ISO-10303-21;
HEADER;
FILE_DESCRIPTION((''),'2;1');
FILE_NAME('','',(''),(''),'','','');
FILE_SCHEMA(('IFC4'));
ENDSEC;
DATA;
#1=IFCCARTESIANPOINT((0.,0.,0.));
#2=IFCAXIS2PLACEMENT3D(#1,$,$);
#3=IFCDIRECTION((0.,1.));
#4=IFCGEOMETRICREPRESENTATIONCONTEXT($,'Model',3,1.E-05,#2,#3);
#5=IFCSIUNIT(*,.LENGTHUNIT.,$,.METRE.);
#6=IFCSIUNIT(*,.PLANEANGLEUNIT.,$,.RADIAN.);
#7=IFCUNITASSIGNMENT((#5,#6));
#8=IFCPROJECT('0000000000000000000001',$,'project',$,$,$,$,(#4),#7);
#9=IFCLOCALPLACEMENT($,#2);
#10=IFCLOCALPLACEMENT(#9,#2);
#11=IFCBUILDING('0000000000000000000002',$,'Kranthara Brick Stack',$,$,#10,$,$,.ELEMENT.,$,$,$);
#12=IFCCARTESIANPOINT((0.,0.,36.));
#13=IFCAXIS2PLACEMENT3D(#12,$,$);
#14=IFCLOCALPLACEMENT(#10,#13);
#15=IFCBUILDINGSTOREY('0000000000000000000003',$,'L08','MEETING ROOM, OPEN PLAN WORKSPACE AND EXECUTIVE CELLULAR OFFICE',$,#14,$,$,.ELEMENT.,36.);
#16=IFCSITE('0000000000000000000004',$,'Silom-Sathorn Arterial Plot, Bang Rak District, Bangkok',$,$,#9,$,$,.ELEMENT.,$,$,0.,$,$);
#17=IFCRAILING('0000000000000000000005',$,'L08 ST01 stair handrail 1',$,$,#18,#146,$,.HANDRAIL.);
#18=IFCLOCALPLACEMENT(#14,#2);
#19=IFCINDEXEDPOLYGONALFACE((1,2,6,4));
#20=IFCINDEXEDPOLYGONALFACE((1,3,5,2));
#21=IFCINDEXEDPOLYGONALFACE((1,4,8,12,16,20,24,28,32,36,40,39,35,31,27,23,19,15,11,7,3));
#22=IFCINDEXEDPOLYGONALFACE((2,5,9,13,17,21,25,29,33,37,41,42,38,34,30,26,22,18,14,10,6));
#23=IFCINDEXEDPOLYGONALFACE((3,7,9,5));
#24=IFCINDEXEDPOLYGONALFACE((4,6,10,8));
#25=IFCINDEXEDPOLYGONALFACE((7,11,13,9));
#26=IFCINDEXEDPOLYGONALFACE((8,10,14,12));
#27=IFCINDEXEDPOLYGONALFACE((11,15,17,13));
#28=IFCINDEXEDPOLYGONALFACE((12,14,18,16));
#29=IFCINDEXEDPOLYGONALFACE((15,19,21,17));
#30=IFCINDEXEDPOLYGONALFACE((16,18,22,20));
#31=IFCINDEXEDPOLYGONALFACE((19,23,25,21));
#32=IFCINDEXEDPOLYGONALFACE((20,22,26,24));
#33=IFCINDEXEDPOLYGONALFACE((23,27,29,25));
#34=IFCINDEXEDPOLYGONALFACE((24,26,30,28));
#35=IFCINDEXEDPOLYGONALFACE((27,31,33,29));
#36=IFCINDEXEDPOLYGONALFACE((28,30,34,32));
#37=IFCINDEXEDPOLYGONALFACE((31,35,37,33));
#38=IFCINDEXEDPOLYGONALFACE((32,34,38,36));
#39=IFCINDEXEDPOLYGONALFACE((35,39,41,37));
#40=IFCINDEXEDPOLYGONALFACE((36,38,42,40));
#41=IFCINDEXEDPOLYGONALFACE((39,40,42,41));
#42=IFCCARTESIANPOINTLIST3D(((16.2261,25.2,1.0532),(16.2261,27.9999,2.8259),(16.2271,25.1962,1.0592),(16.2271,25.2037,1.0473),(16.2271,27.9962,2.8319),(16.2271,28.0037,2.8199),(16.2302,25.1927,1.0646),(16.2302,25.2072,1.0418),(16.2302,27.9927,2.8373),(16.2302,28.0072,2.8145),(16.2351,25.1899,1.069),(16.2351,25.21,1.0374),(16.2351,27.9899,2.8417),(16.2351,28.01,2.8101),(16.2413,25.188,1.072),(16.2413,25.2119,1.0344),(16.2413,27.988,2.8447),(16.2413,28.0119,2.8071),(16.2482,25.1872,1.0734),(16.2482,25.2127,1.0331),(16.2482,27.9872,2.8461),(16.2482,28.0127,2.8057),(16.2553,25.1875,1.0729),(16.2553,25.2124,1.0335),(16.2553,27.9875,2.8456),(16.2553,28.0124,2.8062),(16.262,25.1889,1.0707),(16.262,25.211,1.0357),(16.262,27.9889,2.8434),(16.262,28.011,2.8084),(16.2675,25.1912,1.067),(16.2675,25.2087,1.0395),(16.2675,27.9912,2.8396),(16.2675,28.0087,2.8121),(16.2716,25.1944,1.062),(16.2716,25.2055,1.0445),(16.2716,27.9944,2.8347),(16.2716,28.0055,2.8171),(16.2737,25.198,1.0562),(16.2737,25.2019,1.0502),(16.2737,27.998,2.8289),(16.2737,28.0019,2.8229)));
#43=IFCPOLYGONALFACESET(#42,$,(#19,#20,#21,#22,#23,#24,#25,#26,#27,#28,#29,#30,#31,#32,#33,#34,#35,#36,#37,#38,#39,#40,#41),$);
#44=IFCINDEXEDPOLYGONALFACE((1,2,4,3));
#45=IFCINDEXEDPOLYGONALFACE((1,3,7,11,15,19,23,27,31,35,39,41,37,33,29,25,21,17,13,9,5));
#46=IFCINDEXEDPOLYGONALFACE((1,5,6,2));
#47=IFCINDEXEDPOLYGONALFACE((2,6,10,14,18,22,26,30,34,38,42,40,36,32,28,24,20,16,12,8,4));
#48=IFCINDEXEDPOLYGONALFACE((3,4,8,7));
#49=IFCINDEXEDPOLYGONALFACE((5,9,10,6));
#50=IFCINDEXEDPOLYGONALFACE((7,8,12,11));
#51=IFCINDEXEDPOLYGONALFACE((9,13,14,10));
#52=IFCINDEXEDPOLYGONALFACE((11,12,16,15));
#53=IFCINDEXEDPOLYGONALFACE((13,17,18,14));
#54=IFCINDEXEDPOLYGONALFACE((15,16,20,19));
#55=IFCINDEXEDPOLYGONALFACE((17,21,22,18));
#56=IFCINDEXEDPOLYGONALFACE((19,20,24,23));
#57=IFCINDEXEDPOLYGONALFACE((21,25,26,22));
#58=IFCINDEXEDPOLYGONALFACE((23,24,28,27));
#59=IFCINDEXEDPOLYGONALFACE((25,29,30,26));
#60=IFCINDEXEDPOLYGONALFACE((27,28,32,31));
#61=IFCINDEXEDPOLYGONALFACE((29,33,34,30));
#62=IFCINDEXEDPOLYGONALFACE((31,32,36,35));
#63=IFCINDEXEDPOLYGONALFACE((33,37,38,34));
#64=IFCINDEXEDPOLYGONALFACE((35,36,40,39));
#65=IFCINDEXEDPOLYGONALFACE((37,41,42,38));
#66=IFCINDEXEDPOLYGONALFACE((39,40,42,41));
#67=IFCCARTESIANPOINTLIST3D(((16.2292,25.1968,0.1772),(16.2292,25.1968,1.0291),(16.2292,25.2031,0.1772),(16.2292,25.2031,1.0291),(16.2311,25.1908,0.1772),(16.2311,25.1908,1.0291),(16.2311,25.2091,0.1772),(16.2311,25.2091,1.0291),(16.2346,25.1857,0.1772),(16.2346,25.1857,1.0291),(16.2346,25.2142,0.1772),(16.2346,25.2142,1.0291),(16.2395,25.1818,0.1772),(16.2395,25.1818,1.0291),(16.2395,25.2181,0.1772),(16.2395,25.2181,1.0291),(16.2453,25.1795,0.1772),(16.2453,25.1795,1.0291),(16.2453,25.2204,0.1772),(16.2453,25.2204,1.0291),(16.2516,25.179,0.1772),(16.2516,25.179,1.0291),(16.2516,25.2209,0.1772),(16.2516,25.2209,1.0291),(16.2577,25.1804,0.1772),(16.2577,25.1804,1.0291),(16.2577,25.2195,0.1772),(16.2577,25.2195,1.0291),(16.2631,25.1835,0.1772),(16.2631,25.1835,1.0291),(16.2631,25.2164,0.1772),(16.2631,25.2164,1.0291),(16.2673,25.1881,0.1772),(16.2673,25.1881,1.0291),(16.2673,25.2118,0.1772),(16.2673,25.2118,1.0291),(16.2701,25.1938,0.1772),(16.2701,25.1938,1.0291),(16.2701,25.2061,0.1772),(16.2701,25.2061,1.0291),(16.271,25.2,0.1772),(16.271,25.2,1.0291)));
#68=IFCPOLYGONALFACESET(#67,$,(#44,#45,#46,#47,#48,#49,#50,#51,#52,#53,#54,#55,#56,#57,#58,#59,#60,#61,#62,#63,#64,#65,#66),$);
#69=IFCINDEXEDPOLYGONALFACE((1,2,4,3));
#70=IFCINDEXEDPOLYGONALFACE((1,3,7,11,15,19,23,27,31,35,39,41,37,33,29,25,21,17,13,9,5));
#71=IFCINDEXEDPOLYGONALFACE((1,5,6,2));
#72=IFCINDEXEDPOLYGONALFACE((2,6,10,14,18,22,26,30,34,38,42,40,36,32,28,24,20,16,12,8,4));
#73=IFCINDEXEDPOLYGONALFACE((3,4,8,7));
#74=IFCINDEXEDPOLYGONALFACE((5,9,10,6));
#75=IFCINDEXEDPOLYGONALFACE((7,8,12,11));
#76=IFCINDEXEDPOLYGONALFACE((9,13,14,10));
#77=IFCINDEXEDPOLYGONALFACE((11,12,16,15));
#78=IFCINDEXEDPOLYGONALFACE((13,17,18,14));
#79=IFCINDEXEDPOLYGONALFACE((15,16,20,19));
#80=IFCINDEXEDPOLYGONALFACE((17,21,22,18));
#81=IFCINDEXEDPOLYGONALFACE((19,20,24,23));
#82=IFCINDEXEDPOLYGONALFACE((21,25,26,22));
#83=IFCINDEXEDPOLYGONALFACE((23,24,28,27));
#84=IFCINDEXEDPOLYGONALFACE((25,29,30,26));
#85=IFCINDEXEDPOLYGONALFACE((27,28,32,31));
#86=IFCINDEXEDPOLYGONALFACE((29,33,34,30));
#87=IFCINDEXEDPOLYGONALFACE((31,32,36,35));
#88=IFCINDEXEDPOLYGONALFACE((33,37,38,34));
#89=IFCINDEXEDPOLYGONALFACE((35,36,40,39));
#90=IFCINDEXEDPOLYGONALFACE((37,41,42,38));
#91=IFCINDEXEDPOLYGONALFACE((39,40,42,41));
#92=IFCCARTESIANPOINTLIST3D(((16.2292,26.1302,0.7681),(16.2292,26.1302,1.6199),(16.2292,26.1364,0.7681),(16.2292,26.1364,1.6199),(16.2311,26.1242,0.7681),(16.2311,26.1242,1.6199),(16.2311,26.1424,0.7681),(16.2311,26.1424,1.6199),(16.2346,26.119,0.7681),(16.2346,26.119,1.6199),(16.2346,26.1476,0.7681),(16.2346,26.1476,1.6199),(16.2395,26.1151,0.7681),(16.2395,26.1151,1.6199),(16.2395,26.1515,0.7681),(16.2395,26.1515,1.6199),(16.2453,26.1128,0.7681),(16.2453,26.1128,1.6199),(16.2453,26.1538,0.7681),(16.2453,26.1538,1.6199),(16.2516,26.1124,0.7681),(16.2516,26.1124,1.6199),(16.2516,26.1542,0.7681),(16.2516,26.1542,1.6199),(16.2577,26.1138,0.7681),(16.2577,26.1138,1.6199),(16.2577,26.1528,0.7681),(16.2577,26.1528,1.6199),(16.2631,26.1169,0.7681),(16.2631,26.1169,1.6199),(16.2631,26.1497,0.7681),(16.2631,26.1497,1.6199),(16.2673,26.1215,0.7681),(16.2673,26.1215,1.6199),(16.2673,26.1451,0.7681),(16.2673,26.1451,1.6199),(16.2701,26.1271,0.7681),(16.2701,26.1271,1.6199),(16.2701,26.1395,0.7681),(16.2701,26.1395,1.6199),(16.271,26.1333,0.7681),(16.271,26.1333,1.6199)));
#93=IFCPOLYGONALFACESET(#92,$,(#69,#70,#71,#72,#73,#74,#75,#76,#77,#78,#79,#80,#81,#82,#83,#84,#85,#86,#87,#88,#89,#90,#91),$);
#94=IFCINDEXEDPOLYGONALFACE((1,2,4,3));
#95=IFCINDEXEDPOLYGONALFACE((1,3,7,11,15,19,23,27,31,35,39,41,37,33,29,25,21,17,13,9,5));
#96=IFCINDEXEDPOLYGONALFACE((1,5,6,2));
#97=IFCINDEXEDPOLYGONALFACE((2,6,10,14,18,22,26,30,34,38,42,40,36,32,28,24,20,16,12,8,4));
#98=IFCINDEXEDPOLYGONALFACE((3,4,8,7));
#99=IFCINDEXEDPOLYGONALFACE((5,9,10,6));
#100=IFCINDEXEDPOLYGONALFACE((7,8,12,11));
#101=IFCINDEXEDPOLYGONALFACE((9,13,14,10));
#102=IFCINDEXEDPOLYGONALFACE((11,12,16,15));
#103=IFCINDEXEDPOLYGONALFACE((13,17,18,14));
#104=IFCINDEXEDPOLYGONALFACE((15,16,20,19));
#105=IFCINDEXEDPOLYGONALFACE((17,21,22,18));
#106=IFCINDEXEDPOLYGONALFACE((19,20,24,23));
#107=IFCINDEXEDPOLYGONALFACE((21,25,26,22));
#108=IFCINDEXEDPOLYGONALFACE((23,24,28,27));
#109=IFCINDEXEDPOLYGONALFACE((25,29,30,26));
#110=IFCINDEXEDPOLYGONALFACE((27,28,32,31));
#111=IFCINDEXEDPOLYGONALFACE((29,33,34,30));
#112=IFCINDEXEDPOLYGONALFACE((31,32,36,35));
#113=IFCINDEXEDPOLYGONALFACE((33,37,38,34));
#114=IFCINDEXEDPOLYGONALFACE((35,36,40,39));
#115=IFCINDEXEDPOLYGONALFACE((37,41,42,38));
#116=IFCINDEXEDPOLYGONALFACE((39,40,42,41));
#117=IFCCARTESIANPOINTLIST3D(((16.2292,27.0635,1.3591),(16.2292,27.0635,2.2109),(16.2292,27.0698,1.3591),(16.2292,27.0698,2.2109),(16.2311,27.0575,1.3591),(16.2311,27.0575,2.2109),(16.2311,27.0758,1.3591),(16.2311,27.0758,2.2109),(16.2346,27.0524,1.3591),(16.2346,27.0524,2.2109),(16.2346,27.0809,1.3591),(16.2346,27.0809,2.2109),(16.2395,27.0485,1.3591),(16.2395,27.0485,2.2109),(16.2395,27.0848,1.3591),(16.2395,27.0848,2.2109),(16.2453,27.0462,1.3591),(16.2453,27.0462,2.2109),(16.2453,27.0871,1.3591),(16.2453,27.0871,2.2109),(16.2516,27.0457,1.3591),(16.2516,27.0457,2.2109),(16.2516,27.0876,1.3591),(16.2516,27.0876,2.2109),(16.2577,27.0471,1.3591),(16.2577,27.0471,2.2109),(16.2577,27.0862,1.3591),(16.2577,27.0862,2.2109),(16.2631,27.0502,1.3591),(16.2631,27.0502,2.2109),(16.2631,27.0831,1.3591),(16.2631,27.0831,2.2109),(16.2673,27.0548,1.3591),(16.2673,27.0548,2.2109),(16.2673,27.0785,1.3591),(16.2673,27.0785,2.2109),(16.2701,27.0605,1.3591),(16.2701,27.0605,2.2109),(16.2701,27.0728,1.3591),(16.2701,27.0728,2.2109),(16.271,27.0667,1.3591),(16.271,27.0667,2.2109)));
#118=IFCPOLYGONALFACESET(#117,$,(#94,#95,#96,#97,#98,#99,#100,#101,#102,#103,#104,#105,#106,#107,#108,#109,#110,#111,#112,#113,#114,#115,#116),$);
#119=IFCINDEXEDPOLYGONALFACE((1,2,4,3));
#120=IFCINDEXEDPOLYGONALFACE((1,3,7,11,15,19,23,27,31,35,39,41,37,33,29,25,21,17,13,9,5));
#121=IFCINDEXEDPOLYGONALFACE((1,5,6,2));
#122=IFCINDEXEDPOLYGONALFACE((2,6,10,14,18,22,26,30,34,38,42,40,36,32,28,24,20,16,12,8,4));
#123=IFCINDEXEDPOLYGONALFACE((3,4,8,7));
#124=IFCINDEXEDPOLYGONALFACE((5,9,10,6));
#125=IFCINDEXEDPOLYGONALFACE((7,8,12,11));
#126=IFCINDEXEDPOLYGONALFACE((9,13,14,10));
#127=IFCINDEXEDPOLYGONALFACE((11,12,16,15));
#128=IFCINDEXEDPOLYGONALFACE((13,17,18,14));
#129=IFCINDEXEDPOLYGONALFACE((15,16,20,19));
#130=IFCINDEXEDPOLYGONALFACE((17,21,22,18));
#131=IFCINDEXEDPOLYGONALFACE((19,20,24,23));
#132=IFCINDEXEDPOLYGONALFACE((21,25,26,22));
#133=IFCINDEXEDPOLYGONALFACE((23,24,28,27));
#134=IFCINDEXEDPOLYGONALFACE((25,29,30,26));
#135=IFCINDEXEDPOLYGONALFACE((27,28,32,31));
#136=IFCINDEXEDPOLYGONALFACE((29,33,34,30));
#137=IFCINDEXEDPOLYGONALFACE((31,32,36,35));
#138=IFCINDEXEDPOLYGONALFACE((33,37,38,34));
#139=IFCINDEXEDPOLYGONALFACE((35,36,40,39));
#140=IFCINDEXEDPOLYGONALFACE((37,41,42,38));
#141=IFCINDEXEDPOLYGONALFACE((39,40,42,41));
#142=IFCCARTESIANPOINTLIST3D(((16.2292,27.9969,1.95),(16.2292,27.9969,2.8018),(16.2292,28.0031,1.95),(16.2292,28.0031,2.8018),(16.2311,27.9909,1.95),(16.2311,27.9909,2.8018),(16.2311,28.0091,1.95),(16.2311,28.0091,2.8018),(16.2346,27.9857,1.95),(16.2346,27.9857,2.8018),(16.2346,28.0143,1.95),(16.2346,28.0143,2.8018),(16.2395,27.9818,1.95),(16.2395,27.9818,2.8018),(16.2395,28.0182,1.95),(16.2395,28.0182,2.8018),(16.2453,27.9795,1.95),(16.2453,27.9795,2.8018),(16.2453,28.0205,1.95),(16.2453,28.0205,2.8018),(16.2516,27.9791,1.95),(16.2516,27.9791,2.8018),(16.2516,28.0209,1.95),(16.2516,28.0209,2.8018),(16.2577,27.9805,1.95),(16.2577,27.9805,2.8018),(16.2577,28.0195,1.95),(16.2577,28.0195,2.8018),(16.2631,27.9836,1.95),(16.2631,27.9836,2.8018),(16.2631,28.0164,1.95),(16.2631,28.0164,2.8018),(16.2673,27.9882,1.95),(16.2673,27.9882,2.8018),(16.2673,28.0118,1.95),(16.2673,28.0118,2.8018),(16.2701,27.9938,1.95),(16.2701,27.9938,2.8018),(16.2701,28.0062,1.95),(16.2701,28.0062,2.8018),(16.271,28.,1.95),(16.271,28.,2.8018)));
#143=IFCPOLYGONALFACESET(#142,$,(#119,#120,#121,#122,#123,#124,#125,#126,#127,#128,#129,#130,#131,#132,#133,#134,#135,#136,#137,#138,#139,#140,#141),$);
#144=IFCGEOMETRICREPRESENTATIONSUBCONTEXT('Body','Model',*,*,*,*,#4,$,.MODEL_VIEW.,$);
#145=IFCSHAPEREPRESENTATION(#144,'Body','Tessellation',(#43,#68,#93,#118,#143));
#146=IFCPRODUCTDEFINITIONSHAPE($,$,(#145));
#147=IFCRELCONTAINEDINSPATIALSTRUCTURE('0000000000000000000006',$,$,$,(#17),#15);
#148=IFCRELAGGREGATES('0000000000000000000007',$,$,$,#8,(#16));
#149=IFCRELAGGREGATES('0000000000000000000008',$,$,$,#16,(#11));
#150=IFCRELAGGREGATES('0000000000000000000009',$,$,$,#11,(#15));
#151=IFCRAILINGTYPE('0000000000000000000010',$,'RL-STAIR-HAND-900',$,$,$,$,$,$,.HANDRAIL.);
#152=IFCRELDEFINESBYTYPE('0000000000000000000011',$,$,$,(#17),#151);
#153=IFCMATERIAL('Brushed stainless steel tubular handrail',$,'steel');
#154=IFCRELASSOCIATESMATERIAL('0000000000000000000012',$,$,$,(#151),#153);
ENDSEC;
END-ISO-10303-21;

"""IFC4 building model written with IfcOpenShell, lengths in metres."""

from ifc_helpers import new_model, si_unit, direction, frame, origin, origin_2d, place, context, subcontext, project, spatial, circle, extrude, material, type_object, element, save


model = new_model("IFC4")

# Units and contexts
model_context = context("Model", 3, precision=1e-05, world=origin(), true_north=direction((0.0, 1.0)))
body_context = subcontext(model_context, "Body", "Model", "MODEL_VIEW")
ifc_project = project(units=[si_unit("LENGTHUNIT", "METRE"), si_unit("PLANEANGLEUNIT", "RADIAN")], contexts=[model_context])

# Site, building, storey
site_placement = place(None, origin())
site = spatial("IfcSite", under=ifc_project, at=site_placement, Name="Silom-Sathorn Arterial Plot, Bang Rak District, Bangkok", CompositionType="ELEMENT", RefElevation=0.0)
building_placement = place(site_placement, origin())
building = spatial("IfcBuilding", under=site, at=building_placement, Name="Kranthara Brick Stack", CompositionType="ELEMENT")
storey_placement = place(building_placement, frame((0.0, 0.0, 36.0)))
storey = spatial("IfcBuildingStorey", under=building, at=storey_placement, Name="L08", Description="MEETING ROOM, OPEN PLAN WORKSPACE AND EXECUTIVE CELLULAR OFFICE", CompositionType="ELEMENT", Elevation=36.0)

# Railing
ifc_material_1 = material(Name="Brushed stainless steel tubular handrail", Category="steel")
railing_type_1 = type_object("IfcRailingType", Name="RL-STAIR-HAND-900", PredefinedType="HANDRAIL", material=ifc_material_1)
railing_1_placement = place(storey_placement, frame((16.25, 25.2, 0.1772)))
element("IfcRailing", 1, at=railing_1_placement, inside=storey, type_object=railing_type_1, Name="L08 ST01 stair handrail 1", PredefinedType="HANDRAIL", context=body_context, shape_type="SweptSolid", body=[
    extrude(circle(Radius=0.0239, at=origin_2d()), frame((0.0, 0.0, 0.876), z_axis=(0.0, 0.844909, 0.53491), x_axis=(-1.0, 0.0, 0.0)), (0.0, 0.0, 1.0), 3.314),
    extrude(circle(Radius=0.021, at=origin_2d()), origin(), (0.0, 0.0, 1.0), 0.8518),
    extrude(circle(Radius=0.021, at=origin_2d()), frame((0.0, 0.9333, 0.5908)), (0.0, 0.0, 1.0), 0.8518),
    extrude(circle(Radius=0.021, at=origin_2d()), frame((0.0, 1.8667, 1.1819)), (0.0, 0.0, 1.0), 0.8518),
    extrude(circle(Radius=0.021, at=origin_2d()), frame((0.0, 2.8, 1.7727)), (0.0, 0.0, 1.0), 0.8518),
])

save(model, "model.ifc")
